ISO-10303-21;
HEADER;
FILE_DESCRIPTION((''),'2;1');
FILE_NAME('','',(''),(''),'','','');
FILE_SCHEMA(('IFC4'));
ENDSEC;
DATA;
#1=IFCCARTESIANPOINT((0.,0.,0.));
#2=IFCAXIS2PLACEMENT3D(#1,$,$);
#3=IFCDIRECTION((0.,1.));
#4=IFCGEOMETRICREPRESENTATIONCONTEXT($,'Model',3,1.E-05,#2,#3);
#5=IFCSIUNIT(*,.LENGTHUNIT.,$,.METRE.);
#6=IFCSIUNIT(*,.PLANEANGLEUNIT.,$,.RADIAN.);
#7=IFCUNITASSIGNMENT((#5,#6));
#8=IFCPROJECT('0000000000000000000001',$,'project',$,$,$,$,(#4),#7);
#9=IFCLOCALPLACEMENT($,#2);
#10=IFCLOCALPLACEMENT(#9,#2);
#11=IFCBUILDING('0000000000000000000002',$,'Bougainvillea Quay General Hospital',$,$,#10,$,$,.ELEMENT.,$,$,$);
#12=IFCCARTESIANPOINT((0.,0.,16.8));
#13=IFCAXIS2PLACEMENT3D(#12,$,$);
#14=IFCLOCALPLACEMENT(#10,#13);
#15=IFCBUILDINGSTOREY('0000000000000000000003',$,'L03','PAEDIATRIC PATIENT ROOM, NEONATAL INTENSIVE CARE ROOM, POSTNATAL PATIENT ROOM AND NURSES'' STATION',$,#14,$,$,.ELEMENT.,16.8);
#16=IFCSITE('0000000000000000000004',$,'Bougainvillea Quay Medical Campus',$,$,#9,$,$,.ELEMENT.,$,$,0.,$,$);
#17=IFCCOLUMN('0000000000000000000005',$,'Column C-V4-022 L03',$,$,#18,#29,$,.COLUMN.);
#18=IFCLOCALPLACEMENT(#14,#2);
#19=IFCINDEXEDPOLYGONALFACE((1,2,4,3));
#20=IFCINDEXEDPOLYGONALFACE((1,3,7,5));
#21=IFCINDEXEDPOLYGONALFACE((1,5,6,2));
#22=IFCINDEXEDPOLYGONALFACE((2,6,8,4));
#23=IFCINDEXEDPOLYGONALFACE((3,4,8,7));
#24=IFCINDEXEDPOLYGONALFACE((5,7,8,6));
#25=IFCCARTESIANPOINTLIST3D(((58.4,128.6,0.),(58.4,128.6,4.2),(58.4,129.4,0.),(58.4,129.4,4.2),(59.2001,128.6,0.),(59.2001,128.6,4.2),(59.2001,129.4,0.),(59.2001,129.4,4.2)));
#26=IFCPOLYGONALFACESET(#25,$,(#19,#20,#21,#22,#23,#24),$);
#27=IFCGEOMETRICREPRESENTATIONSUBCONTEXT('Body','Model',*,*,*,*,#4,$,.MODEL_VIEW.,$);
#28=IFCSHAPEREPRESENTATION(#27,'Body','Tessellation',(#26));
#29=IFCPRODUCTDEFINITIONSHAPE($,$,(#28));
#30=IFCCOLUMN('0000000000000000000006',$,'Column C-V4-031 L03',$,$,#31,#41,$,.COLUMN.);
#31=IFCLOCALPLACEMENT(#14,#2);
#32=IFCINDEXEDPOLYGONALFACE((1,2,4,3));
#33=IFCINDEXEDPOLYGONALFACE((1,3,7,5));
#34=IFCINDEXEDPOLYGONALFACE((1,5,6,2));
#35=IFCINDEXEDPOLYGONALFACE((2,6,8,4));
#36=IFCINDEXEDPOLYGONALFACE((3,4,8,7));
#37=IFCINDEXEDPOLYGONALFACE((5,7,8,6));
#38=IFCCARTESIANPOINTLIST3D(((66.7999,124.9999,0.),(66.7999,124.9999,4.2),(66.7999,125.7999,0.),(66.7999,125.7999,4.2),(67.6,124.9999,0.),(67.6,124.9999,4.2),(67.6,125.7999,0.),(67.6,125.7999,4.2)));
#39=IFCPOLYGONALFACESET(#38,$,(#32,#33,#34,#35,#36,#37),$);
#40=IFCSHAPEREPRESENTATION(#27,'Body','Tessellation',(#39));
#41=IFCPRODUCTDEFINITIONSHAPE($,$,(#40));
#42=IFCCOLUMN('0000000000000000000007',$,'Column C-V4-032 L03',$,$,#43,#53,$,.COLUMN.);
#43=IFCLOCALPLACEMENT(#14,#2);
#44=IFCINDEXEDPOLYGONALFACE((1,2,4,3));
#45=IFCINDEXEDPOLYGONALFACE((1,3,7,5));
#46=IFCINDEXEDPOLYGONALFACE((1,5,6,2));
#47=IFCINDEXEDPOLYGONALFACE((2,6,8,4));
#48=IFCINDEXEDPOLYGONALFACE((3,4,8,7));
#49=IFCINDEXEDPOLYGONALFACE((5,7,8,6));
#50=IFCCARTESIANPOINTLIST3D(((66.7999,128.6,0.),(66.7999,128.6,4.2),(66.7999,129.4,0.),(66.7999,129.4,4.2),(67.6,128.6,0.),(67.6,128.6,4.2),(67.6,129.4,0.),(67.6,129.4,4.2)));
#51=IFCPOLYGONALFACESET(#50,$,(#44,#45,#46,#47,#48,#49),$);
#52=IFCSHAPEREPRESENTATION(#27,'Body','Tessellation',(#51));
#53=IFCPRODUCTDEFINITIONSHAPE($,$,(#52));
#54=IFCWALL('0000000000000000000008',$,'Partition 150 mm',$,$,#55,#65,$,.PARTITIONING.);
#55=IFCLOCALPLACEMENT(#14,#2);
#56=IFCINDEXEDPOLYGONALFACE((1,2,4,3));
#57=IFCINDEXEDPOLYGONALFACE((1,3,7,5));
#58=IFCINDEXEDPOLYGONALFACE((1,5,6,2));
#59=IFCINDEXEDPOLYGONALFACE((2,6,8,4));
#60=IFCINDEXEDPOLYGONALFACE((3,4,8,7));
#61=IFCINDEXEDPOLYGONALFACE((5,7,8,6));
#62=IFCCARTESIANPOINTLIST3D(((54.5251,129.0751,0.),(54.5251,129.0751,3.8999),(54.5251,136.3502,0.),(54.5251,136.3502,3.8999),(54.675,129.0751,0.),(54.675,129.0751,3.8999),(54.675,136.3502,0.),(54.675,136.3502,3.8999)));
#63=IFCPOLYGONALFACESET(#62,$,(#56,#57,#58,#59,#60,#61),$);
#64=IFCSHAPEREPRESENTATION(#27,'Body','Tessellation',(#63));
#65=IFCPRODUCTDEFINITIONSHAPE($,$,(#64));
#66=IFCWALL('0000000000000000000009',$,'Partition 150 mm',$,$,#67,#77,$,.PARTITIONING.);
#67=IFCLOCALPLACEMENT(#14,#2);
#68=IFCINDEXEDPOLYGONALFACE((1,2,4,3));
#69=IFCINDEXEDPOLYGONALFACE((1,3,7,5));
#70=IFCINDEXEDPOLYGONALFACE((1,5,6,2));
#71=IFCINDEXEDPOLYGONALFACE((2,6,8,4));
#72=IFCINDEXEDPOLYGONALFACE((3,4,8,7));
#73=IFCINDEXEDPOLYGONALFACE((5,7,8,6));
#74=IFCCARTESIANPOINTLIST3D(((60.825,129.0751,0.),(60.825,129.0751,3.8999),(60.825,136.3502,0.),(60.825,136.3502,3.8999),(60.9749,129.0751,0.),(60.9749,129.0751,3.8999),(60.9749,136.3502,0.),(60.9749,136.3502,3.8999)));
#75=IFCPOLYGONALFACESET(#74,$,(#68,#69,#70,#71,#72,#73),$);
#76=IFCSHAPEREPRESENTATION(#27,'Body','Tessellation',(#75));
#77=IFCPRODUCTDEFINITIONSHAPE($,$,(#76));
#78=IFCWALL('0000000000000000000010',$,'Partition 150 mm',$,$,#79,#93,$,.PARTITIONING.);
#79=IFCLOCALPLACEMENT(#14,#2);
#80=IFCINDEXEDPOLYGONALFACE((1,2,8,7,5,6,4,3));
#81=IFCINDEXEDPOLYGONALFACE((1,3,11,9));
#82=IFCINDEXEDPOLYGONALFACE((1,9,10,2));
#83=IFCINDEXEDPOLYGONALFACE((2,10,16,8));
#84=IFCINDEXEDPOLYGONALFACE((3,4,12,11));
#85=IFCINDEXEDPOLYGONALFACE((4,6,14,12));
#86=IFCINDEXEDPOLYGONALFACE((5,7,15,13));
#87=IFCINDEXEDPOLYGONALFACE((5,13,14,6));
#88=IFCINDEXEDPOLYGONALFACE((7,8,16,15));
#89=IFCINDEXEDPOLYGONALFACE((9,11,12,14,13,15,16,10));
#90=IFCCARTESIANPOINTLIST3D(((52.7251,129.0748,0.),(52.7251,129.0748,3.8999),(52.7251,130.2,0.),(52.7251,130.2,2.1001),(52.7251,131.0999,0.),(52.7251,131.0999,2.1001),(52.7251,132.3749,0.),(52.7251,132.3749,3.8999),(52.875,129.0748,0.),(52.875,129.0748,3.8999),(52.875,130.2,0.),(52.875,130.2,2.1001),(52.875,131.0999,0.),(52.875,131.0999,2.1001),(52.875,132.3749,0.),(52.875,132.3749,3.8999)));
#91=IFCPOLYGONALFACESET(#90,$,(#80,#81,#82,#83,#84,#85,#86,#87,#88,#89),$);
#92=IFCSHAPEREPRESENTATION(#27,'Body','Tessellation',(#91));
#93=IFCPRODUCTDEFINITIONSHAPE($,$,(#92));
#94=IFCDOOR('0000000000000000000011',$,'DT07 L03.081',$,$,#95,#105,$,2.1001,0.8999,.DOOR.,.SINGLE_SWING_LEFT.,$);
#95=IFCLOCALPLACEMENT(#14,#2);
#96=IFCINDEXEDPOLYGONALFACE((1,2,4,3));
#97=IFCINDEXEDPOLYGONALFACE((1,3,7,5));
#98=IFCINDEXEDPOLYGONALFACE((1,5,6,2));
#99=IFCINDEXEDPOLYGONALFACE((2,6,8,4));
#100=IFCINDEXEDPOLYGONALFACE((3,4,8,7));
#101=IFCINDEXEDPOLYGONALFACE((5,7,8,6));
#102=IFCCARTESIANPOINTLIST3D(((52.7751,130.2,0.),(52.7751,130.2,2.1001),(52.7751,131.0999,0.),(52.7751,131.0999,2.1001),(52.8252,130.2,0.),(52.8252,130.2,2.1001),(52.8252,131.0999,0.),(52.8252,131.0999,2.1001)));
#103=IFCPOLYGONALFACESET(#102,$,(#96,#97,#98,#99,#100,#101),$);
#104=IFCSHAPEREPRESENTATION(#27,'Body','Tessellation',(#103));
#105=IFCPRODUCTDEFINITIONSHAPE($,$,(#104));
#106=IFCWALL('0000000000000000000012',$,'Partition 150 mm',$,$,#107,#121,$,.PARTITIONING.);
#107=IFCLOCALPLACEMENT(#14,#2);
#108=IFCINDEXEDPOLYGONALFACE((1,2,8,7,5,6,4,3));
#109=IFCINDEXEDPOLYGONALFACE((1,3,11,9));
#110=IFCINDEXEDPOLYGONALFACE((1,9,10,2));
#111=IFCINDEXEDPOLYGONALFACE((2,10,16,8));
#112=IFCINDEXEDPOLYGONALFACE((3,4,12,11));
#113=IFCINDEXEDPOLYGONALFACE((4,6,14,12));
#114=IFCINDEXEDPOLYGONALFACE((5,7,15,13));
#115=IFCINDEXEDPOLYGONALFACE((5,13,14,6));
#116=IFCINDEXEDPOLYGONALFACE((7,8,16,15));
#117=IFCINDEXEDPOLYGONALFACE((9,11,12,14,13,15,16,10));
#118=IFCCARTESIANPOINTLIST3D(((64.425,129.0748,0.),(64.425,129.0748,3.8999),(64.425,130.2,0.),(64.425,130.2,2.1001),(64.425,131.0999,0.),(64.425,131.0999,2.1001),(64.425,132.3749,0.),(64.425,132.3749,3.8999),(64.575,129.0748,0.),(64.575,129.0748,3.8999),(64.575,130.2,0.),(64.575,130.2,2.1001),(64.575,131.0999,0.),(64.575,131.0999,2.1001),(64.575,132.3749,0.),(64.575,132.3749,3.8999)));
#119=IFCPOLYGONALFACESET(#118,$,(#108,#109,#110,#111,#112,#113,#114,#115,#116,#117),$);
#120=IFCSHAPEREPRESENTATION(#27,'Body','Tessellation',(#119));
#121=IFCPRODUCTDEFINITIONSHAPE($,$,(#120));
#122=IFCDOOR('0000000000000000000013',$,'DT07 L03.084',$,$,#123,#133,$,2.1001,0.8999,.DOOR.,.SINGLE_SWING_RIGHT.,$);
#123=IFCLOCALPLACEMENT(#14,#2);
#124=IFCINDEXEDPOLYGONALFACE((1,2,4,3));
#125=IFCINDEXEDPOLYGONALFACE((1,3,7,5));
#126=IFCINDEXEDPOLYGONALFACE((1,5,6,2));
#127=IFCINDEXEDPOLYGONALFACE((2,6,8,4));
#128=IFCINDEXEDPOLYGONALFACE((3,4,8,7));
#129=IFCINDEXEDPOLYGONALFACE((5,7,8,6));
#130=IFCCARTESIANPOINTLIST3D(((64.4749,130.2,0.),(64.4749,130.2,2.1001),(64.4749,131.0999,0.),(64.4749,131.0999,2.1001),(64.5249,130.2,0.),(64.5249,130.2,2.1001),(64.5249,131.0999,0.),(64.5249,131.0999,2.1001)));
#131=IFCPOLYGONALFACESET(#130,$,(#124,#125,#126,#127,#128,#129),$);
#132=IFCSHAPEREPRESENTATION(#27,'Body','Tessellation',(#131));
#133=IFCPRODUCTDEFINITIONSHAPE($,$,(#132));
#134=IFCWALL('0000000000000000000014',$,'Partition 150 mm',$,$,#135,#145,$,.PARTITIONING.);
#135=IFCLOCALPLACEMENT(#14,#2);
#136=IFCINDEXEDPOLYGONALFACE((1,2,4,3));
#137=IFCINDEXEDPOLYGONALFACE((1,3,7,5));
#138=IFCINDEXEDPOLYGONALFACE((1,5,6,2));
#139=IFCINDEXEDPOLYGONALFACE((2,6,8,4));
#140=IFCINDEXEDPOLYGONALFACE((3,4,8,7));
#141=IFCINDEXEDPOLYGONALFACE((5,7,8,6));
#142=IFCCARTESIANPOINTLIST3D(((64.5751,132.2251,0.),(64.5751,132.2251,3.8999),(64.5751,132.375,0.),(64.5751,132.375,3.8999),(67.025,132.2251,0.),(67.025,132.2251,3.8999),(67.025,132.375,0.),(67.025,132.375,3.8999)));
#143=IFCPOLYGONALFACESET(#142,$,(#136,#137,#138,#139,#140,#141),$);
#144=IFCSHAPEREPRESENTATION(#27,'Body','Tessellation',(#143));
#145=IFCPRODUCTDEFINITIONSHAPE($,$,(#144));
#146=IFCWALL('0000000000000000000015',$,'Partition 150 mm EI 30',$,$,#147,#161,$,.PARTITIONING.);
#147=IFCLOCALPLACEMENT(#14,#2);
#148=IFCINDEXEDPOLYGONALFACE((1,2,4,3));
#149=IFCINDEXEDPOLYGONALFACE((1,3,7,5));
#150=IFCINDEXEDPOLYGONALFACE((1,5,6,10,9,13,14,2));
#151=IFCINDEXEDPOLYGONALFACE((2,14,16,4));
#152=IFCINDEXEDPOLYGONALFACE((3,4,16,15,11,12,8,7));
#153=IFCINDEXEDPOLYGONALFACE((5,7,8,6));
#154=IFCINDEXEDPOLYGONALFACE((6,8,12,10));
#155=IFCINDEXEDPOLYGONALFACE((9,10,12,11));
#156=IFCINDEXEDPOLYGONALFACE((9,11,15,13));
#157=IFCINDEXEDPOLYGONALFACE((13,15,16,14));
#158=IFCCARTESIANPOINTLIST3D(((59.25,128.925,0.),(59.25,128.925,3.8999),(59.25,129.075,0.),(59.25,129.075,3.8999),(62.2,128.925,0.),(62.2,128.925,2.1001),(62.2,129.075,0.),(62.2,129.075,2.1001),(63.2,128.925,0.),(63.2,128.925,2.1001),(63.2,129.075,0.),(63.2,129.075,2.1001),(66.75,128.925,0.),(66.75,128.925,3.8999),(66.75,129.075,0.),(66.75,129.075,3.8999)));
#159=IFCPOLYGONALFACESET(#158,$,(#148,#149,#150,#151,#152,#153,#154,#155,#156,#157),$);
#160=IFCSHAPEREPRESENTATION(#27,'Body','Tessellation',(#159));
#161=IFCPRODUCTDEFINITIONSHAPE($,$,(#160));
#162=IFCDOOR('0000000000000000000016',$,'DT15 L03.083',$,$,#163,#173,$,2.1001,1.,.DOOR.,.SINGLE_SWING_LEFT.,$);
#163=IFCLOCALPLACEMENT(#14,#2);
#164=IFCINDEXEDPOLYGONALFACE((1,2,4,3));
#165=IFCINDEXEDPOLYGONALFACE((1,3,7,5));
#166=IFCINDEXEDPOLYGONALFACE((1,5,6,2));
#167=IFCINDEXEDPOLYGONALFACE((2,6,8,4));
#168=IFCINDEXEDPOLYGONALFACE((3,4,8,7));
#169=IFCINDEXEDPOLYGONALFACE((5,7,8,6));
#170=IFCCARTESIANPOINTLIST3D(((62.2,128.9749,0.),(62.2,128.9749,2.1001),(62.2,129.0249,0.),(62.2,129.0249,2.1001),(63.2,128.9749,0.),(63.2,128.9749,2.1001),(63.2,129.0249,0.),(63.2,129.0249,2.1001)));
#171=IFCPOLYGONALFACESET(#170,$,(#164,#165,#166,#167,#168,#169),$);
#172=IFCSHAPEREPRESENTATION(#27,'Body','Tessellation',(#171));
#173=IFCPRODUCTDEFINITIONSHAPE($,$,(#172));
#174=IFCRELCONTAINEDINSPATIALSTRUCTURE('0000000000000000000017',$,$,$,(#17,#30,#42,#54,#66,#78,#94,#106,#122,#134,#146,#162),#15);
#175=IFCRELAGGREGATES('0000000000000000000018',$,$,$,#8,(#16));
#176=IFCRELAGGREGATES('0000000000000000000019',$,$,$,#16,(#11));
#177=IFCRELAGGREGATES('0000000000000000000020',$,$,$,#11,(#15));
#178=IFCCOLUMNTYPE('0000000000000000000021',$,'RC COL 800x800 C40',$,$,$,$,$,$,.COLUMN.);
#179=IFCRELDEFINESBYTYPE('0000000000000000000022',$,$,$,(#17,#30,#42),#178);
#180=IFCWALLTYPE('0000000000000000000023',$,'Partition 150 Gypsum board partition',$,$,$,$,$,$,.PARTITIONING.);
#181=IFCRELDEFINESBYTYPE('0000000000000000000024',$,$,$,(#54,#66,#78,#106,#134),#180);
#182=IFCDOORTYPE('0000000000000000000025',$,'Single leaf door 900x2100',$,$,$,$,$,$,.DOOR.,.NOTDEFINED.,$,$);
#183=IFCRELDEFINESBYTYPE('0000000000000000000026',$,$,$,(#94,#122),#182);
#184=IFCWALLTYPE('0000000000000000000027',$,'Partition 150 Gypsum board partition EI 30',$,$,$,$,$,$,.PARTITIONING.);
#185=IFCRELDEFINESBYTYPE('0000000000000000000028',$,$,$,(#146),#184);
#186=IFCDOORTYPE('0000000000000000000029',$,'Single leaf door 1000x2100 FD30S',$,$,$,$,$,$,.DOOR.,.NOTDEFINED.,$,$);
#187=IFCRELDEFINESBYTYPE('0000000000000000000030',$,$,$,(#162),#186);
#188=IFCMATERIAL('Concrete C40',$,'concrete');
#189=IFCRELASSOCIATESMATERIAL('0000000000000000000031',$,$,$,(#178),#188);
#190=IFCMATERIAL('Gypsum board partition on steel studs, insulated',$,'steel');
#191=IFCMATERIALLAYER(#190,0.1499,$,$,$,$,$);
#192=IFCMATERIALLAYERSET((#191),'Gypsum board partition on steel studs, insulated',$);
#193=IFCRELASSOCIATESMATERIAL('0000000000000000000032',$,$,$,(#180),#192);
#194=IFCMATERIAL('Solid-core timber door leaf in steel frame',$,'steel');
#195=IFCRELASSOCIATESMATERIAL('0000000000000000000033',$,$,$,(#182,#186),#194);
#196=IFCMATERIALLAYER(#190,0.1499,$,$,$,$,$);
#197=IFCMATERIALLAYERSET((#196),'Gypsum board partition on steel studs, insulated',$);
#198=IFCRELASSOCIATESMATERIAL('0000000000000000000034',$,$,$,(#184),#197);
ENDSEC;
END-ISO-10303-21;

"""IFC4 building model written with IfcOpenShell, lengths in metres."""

from ifc_helpers import new_model, si_unit, direction, frame, frame_2d, origin, origin_2d, place, context, subcontext, project, spatial, rectangle, extrude, material, layer, layer_set, material_profile, profile_set, type_object, element, fill, save


model = new_model("IFC4")

# Units and contexts
model_context = context("Model", 3, precision=1e-05, world=origin(), true_north=direction((0.0, 1.0)))
body_context = subcontext(model_context, "Body", "Model", "MODEL_VIEW")
ifc_project = project(units=[si_unit("LENGTHUNIT", "METRE"), si_unit("PLANEANGLEUNIT", "RADIAN")], contexts=[model_context])

# Site, building, storey
site_placement = place(None, origin())
site = spatial("IfcSite", under=ifc_project, at=site_placement, Name="Bougainvillea Quay Medical Campus", CompositionType="ELEMENT", RefElevation=0.0)
building_placement = place(site_placement, origin())
building = spatial("IfcBuilding", under=site, at=building_placement, Name="Bougainvillea Quay General Hospital", CompositionType="ELEMENT")
storey_placement = place(building_placement, frame((0.0, 0.0, 16.8)))
storey = spatial("IfcBuildingStorey", under=building, at=storey_placement, Name="L03", Description="PAEDIATRIC PATIENT ROOM, NEONATAL INTENSIVE CARE ROOM, POSTNATAL PATIENT ROOM AND NURSES' STATION", CompositionType="ELEMENT", Elevation=16.8)

# Columns
ifc_material_1 = material(Name="Concrete C40", Category="concrete")
ifc_material_profile_1 = material_profile(ifc_material_1, rectangle(XDim=0.8, YDim=0.8, at=origin_2d()))
ifc_profile_set_1 = profile_set([ifc_material_profile_1], Name="Concrete C40")
column_type = type_object("IfcColumnType", Name="RC COL 800x800 C40", PredefinedType="COLUMN", material=ifc_profile_set_1)
for number, where, z_axis, x_axis, name in (
    (1, (58.8, 129.0, 0.0), (0.0, 0.0, 1.0), (1.0, 0.0, 0.0), "Column C-V4-022 L03"),
    (2, (67.2, 125.3999, 0.0), (0.0, 0.0, 1.0), (1.0, 0.0, 0.0), "Column C-V4-031 L03"),
    (3, (67.2, 129.0, 0.0), (0.0, 0.0, 1.0), (1.0, 0.0, 0.0), "Column C-V4-032 L03"),
):
    element("IfcColumn", number, at=place(storey_placement, frame(where, z_axis=z_axis, x_axis=x_axis)), inside=storey, type_object=column_type, Name=name, PredefinedType="COLUMN", context=body_context, shape_type="SweptSolid", body=[
        extrude(rectangle(XDim=0.8, YDim=0.8, at=origin_2d()), origin(), (0.0, 0.0, 1.0), 4.2),
    ])

# Walls
ifc_material_2 = material(Name="Gypsum board partition on steel studs, insulated", Category="steel")
ifc_layer_1 = layer(ifc_material_2, 0.1499)
ifc_layer_set_1 = layer_set([ifc_layer_1], Name="Gypsum board partition on steel studs, insulated")
wall_type_1 = type_object("IfcWallType", Name="Partition 150 Gypsum board partition", PredefinedType="PARTITIONING", material=ifc_layer_set_1)
for number, where, z_axis, x_axis, name in (
    (4, (54.6001, 129.075, 0.0), (0.0, 0.0, 1.0), (0.0, 1.0, 0.0), "Partition 150 mm"),
    (5, (60.8999, 129.075, 0.0), (0.0, 0.0, 1.0), (0.0, 1.0, 0.0), "Partition 150 mm"),
):
    element("IfcWall", number, at=place(storey_placement, frame(where, z_axis=z_axis, x_axis=x_axis)), inside=storey, type_object=wall_type_1, Name=name, PredefinedType="PARTITIONING", context=body_context, shape_type="SweptSolid", body=[
        extrude(rectangle(XDim=7.2751, YDim=0.1499, at=frame_2d((3.6377, 0.0))), origin(), (0.0, 0.0, 1.0), 3.8999),
    ])

# Walls, openings, doors
wall_1_placement = place(storey_placement, frame((52.8, 129.075, 0.0), z_axis=(0.0, 0.0, 1.0), x_axis=(0.0, 1.0, 0.0)))
wall_1 = element("IfcWall", 6, at=wall_1_placement, inside=storey, type_object=wall_type_1, Name="Partition 150 mm", PredefinedType="PARTITIONING", context=body_context, shape_type="SweptSolid", body=[
    extrude(rectangle(XDim=3.3, YDim=0.1499, at=frame_2d((1.6499, 0.0))), origin(), (0.0, 0.0, 1.0), 3.8999),
])
opening_1_placement = place(wall_1_placement, frame((1.125, 0.0, 0.0)))
opening_1 = element("IfcOpeningElement", 7, at=opening_1_placement, cuts=wall_1, PredefinedType="OPENING", context=body_context, shape_type="SweptSolid", body=[
    extrude(rectangle(XDim=0.8999, YDim=2.1001, at=frame_2d((0.45, 1.05))), frame((0.0, 0.085, 0.0), z_axis=(0.0, -1.0, 0.0), x_axis=(1.0, 0.0, 0.0)), (0.0, 0.0, 1.0), 0.1699),
])
ifc_material_3 = material(Name="Solid-core timber door leaf in steel frame", Category="steel")
door_type_1 = type_object("IfcDoorType", Name="Single leaf door 900x2100", OperationType="NOTDEFINED", PredefinedType="DOOR", material=ifc_material_3)
door_1_placement = place(opening_1_placement, origin())
door_1 = element("IfcDoor", 8, at=door_1_placement, inside=storey, type_object=door_type_1, Name="DT07 L03.081", OperationType="SINGLE_SWING_LEFT", OverallHeight=2.1001, OverallWidth=0.8999, PredefinedType="DOOR", context=body_context, shape_type="SweptSolid", body=[
    extrude(rectangle(XDim=0.8999, YDim=2.1001, at=frame_2d((0.45, 1.05))), frame((0.0, 0.0249, 0.0), z_axis=(0.0, -1.0, 0.0), x_axis=(1.0, 0.0, 0.0)), (0.0, 0.0, 1.0), 0.05),
])
fill(opening_1, door_1)
wall_2_placement = place(storey_placement, frame((64.5, 129.075, 0.0), z_axis=(0.0, 0.0, 1.0), x_axis=(0.0, 1.0, 0.0)))
wall_2 = element("IfcWall", 9, at=wall_2_placement, inside=storey, type_object=wall_type_1, Name="Partition 150 mm", PredefinedType="PARTITIONING", context=body_context, shape_type="SweptSolid", body=[
    extrude(rectangle(XDim=3.3, YDim=0.1499, at=frame_2d((1.6499, 0.0))), origin(), (0.0, 0.0, 1.0), 3.8999),
])
opening_2_placement = place(wall_2_placement, frame((1.125, 0.0, 0.0)))
opening_2 = element("IfcOpeningElement", 10, at=opening_2_placement, cuts=wall_2, PredefinedType="OPENING", context=body_context, shape_type="SweptSolid", body=[
    extrude(rectangle(XDim=0.8999, YDim=2.1001, at=frame_2d((0.45, 1.05))), frame((0.0, 0.085, 0.0), z_axis=(0.0, -1.0, 0.0), x_axis=(1.0, 0.0, 0.0)), (0.0, 0.0, 1.0), 0.1699),
])
door_2_placement = place(opening_2_placement, frame((0.8999, 0.0, 0.0), z_axis=(0.0, 0.0, 1.0), x_axis=(-1.0, 0.0, 0.0)))
door_2 = element("IfcDoor", 11, at=door_2_placement, inside=storey, type_object=door_type_1, Name="DT07 L03.084", OperationType="SINGLE_SWING_RIGHT", OverallHeight=2.1001, OverallWidth=0.8999, PredefinedType="DOOR", context=body_context, shape_type="SweptSolid", body=[
    extrude(rectangle(XDim=0.8999, YDim=2.1001, at=frame_2d((0.45, 1.05))), frame((0.0, 0.0249, 0.0), z_axis=(0.0, -1.0, 0.0), x_axis=(1.0, 0.0, 0.0)), (0.0, 0.0, 1.0), 0.05),
])
fill(opening_2, door_2)

# Wall
wall_3_placement = place(storey_placement, frame((64.575, 132.3, 0.0), z_axis=(0.0, 0.0, 1.0), x_axis=(1.0, 0.0, 0.0)))
element("IfcWall", 12, at=wall_3_placement, inside=storey, type_object=wall_type_1, Name="Partition 150 mm", PredefinedType="PARTITIONING", context=body_context, shape_type="SweptSolid", body=[
    extrude(rectangle(XDim=2.45, YDim=0.1499, at=frame_2d((1.2251, 0.0))), origin(), (0.0, 0.0, 1.0), 3.8999),
])

# Wall, opening, door
ifc_layer_2 = layer(ifc_material_2, 0.1499)
ifc_layer_set_2 = layer_set([ifc_layer_2], Name="Gypsum board partition on steel studs, insulated")
wall_type_2 = type_object("IfcWallType", Name="Partition 150 Gypsum board partition EI 30", PredefinedType="PARTITIONING", material=ifc_layer_set_2)
wall_4_placement = place(storey_placement, frame((66.75, 129.0, 0.0), z_axis=(0.0, 0.0, 1.0), x_axis=(-1.0, 0.0, 0.0)))
wall_4 = element("IfcWall", 13, at=wall_4_placement, inside=storey, type_object=wall_type_2, Name="Partition 150 mm EI 30", PredefinedType="PARTITIONING", context=body_context, shape_type="SweptSolid", body=[
    extrude(rectangle(XDim=7.5, YDim=0.1499, at=frame_2d((3.75, 0.0))), origin(), (0.0, 0.0, 1.0), 3.8999),
])
opening_3_placement = place(wall_4_placement, frame((3.55, 0.0, 0.0)))
opening_3 = element("IfcOpeningElement", 14, at=opening_3_placement, cuts=wall_4, PredefinedType="OPENING", context=body_context, shape_type="SweptSolid", body=[
    extrude(rectangle(XDim=1.0, YDim=2.1001, at=frame_2d((0.5, 1.05))), frame((0.0, 0.085, 0.0), z_axis=(0.0, -1.0, 0.0), x_axis=(1.0, 0.0, 0.0)), (0.0, 0.0, 1.0), 0.1699),
])
door_type_2 = type_object("IfcDoorType", Name="Single leaf door 1000x2100 FD30S", OperationType="NOTDEFINED", PredefinedType="DOOR", material=ifc_material_3)
door_3_placement = place(opening_3_placement, frame((1.0, 0.0, 0.0), z_axis=(0.0, 0.0, 1.0), x_axis=(-1.0, 0.0, 0.0)))
door_3 = element("IfcDoor", 15, at=door_3_placement, inside=storey, type_object=door_type_2, Name="DT15 L03.083", OperationType="SINGLE_SWING_LEFT", OverallHeight=2.1001, OverallWidth=1.0, PredefinedType="DOOR", context=body_context, shape_type="SweptSolid", body=[
    extrude(rectangle(XDim=1.0, YDim=2.1001, at=frame_2d((0.5, 1.05))), frame((0.0, 0.0249, 0.0), z_axis=(0.0, -1.0, 0.0), x_axis=(1.0, 0.0, 0.0)), (0.0, 0.0, 1.0), 0.05),
])
fill(opening_3, door_3)

save(model, "model.ifc")
